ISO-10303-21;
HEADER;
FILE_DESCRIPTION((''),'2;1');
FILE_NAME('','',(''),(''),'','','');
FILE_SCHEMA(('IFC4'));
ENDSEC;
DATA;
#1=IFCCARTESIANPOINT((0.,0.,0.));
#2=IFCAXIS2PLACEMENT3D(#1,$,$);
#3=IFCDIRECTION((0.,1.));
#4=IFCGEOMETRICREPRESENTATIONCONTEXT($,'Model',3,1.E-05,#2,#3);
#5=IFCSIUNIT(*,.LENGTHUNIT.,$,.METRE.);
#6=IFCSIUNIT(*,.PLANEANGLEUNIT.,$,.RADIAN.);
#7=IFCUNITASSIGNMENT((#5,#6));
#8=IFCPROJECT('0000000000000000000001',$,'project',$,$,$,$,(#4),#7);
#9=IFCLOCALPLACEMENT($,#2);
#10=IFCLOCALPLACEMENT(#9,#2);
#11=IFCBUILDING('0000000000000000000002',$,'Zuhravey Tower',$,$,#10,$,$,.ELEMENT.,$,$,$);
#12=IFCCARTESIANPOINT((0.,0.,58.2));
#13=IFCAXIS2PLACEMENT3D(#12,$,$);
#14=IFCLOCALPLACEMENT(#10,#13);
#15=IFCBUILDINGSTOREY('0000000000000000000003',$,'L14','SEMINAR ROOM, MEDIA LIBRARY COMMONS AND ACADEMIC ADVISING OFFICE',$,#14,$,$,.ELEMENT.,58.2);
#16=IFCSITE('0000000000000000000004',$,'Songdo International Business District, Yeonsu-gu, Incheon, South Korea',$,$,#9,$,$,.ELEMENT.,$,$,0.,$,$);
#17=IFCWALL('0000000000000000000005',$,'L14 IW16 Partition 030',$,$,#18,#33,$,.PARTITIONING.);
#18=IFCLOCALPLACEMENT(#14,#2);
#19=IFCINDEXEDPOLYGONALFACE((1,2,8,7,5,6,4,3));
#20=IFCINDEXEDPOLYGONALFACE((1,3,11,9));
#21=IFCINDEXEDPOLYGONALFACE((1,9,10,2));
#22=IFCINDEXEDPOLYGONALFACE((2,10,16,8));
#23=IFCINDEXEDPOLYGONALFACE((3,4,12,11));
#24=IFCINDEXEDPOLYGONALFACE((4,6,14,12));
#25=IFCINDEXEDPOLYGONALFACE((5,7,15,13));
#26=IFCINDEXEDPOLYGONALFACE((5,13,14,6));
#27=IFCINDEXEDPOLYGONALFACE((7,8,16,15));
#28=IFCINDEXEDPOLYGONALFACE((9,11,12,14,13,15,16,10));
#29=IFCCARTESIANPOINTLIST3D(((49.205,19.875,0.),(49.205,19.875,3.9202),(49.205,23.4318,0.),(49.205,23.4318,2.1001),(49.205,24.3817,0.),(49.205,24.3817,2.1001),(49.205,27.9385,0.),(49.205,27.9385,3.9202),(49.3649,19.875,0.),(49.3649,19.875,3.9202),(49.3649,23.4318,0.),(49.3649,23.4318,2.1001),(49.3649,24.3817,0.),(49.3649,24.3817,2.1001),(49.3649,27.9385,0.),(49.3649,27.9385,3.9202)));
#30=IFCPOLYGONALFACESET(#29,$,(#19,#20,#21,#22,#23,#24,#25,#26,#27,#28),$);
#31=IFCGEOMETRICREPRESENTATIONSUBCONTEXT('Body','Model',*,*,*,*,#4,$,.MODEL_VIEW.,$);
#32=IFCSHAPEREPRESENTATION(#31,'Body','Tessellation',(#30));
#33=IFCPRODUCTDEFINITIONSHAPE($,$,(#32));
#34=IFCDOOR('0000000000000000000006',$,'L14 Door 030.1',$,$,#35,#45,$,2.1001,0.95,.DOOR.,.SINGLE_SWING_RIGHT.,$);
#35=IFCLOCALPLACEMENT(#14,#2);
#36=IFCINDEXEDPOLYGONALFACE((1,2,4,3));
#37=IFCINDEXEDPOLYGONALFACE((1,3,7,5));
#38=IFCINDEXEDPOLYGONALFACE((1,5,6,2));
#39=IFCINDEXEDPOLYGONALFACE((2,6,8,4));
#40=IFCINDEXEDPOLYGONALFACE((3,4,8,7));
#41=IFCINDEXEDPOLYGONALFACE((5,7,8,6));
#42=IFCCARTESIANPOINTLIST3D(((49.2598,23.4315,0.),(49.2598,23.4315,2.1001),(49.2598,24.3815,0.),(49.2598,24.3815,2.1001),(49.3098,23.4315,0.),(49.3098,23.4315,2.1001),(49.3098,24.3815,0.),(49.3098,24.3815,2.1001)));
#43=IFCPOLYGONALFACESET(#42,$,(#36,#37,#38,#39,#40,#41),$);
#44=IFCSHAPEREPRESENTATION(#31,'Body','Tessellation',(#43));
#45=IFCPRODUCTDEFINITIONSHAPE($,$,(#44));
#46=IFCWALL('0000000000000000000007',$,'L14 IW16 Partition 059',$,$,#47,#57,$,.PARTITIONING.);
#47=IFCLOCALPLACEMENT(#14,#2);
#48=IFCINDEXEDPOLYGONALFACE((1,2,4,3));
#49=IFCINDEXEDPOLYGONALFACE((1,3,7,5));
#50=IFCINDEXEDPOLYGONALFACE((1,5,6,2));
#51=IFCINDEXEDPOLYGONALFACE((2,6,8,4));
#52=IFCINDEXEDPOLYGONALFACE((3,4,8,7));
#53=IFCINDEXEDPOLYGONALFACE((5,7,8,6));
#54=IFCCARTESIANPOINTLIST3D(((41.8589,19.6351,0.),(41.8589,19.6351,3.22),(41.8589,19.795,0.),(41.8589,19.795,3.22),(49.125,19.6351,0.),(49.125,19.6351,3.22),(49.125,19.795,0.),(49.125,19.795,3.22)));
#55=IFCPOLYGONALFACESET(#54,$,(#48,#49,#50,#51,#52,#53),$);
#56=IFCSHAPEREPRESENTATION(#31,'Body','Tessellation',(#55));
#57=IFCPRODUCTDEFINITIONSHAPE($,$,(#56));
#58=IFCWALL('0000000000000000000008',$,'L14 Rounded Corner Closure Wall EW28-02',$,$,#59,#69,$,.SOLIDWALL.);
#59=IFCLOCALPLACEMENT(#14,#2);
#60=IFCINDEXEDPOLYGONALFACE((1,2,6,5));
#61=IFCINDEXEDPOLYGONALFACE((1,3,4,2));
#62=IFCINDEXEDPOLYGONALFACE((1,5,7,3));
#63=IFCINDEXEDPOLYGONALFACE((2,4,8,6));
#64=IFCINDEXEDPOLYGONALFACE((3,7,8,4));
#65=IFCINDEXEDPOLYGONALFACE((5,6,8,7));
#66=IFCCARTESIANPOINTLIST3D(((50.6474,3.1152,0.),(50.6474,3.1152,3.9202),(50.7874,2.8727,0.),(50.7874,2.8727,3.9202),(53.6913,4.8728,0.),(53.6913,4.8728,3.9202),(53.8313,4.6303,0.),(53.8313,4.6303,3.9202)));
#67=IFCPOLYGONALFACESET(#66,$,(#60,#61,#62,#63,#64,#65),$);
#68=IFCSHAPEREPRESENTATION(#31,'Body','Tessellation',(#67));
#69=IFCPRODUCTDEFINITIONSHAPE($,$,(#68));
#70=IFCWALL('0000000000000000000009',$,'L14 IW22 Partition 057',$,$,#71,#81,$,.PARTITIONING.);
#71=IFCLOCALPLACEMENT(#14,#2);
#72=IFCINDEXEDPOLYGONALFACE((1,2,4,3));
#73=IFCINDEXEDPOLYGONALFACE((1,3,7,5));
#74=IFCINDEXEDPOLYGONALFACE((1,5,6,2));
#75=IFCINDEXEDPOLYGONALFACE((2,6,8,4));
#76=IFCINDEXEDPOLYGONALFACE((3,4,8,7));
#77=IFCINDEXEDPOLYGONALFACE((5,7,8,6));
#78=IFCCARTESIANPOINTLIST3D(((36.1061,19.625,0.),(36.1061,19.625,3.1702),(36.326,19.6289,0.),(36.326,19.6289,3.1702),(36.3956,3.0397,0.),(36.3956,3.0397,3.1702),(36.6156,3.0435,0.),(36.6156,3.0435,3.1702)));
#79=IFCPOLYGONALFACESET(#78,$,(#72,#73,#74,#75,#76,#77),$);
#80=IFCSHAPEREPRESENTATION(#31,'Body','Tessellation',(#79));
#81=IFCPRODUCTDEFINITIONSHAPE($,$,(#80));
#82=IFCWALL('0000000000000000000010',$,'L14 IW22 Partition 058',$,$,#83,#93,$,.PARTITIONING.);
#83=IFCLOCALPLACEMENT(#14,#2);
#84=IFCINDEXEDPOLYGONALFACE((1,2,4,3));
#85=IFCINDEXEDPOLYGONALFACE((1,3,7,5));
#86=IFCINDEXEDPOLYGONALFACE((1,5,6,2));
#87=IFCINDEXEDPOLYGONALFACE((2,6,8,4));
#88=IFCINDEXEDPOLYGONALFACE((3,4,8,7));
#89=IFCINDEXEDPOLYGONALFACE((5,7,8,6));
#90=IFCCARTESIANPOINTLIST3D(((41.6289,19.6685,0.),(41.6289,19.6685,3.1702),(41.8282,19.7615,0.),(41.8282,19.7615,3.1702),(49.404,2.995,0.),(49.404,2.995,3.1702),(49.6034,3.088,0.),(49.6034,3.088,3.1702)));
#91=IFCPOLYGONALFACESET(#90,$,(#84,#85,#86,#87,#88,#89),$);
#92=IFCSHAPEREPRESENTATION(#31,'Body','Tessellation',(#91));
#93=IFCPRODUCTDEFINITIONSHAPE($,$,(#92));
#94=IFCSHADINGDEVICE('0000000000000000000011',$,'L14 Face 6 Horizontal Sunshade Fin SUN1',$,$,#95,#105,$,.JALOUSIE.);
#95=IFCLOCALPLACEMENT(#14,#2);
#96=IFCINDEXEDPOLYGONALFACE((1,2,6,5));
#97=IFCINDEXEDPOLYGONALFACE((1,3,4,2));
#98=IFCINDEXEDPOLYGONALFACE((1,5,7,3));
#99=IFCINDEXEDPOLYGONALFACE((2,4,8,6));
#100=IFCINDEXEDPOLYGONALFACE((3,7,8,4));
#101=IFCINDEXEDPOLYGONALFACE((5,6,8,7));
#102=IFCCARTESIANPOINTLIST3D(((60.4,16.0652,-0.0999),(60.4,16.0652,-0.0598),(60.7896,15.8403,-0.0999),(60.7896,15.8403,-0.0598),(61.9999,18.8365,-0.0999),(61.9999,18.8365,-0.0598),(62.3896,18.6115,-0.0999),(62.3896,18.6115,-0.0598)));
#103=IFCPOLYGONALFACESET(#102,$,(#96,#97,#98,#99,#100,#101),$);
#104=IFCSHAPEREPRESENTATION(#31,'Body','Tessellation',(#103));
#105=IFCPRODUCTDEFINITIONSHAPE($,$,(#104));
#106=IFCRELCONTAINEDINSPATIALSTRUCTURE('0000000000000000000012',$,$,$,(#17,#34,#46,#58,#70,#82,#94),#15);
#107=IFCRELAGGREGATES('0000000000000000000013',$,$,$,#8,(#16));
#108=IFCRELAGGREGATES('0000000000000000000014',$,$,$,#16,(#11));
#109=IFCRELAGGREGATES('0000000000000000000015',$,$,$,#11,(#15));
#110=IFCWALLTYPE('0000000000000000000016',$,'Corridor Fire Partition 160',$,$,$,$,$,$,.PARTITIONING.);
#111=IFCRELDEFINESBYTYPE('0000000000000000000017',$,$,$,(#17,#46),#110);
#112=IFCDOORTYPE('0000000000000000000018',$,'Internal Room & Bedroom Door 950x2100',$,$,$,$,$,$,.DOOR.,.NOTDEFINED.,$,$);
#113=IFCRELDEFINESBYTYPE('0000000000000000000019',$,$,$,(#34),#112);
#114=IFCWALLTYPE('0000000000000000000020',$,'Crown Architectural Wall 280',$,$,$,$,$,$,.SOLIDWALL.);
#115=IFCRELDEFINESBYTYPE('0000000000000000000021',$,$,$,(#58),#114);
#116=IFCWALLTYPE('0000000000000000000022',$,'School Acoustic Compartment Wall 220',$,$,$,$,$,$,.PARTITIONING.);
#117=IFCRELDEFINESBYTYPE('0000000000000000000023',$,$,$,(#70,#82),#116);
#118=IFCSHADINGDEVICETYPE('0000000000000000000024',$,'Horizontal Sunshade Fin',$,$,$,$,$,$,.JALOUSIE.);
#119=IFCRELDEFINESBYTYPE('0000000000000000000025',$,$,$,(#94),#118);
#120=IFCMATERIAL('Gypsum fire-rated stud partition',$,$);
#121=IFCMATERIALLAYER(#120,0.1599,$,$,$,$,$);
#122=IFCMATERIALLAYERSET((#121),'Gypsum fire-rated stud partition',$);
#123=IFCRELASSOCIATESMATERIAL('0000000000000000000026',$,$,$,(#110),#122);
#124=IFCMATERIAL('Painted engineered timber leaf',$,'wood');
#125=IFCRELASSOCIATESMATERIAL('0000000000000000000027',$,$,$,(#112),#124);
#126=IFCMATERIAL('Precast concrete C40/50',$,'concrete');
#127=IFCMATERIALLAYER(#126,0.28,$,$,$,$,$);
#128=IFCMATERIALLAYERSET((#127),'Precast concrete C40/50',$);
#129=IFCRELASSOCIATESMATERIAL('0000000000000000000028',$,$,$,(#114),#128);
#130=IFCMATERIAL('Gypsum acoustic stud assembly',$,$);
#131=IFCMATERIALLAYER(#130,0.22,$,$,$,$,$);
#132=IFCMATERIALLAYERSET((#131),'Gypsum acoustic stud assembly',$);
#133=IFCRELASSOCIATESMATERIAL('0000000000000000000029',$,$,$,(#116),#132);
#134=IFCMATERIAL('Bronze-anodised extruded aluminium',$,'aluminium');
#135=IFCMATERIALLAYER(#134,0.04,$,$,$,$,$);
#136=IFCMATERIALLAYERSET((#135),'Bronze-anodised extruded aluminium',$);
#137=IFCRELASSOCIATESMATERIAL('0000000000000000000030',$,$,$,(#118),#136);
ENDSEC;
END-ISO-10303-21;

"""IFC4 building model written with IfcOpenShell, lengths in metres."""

from ifc_helpers import new_model, si_unit, direction, frame, frame_2d, origin, origin_2d, place, context, subcontext, project, spatial, rectangle, extrude, material, layer, layer_set, type_object, element, fill, save


model = new_model("IFC4")

# Units and contexts
model_context = context("Model", 3, precision=1e-05, world=origin(), true_north=direction((0.0, 1.0)))
body_context = subcontext(model_context, "Body", "Model", "MODEL_VIEW")
ifc_project = project(units=[si_unit("LENGTHUNIT", "METRE"), si_unit("PLANEANGLEUNIT", "RADIAN")], contexts=[model_context])

# Site, building, storey
site_placement = place(None, origin())
site = spatial("IfcSite", under=ifc_project, at=site_placement, Name="Songdo International Business District, Yeonsu-gu, Incheon, South Korea", CompositionType="ELEMENT", RefElevation=0.0)
building_placement = place(site_placement, origin())
building = spatial("IfcBuilding", under=site, at=building_placement, Name="Zuhravey Tower", CompositionType="ELEMENT")
storey_placement = place(building_placement, frame((0.0, 0.0, 58.2)))
storey = spatial("IfcBuildingStorey", under=building, at=storey_placement, Name="L14", Description="SEMINAR ROOM, MEDIA LIBRARY COMMONS AND ACADEMIC ADVISING OFFICE", CompositionType="ELEMENT", Elevation=58.2)

# Wall, opening, door
ifc_material_1 = material(Name="Gypsum fire-rated stud partition")
ifc_layer_1 = layer(ifc_material_1, 0.1599)
ifc_layer_set_1 = layer_set([ifc_layer_1], Name="Gypsum fire-rated stud partition")
wall_type_1 = type_object("IfcWallType", Name="Corridor Fire Partition 160", PredefinedType="PARTITIONING", material=ifc_layer_set_1)
wall_1_placement = place(storey_placement, frame((49.2849, 19.875, 0.0), z_axis=(0.0, 0.0, 1.0), x_axis=(0.0, 1.0, 0.0)))
wall_1 = element("IfcWall", 1, at=wall_1_placement, inside=storey, type_object=wall_type_1, Name="L14 IW16 Partition 030", PredefinedType="PARTITIONING", context=body_context, shape_type="SweptSolid", body=[
    extrude(rectangle(XDim=8.0635, YDim=0.1599, at=frame_2d((4.0317, 0.0))), origin(), (0.0, 0.0, 1.0), 3.9202),
])
opening_1_placement = place(wall_1_placement, frame((3.5566, 0.0, 0.0)))
opening_1 = element("IfcOpeningElement", 2, at=opening_1_placement, cuts=wall_1, PredefinedType="OPENING", context=body_context, shape_type="SweptSolid", body=[
    extrude(rectangle(XDim=0.95, YDim=2.1001, at=frame_2d((0.4751, 1.05))), frame((0.0, 0.092, 0.0), z_axis=(0.0, -1.0, 0.0), x_axis=(1.0, 0.0, 0.0)), (0.0, 0.0, 1.0), 0.1838),
])
ifc_material_2 = material(Name="Painted engineered timber leaf", Category="wood")
door_type_1 = type_object("IfcDoorType", Name="Internal Room & Bedroom Door 950x2100", OperationType="NOTDEFINED", PredefinedType="DOOR", material=ifc_material_2)
door_1_placement = place(opening_1_placement, frame((0.95, 0.0, 0.0), z_axis=(0.0, 0.0, 1.0), x_axis=(-1.0, 0.0, 0.0)))
door_1 = element("IfcDoor", 3, at=door_1_placement, inside=storey, type_object=door_type_1, Name="L14 Door 030.1", OperationType="SINGLE_SWING_RIGHT", OverallHeight=2.1001, OverallWidth=0.95, PredefinedType="DOOR", context=body_context, shape_type="SweptSolid", body=[
    extrude(rectangle(XDim=0.95, YDim=2.1001, at=frame_2d((0.4751, 1.05))), frame((0.0, 0.0249, 0.0), z_axis=(0.0, -1.0, 0.0), x_axis=(1.0, 0.0, 0.0)), (0.0, 0.0, 1.0), 0.05),
])
fill(opening_1, door_1)

# Walls
wall_2_placement = place(storey_placement, frame((41.8589, 19.7151, 0.0), z_axis=(0.0, 0.0, 1.0), x_axis=(1.0, 0.0, 0.0)))
element("IfcWall", 4, at=wall_2_placement, inside=storey, type_object=wall_type_1, Name="L14 IW16 Partition 059", PredefinedType="PARTITIONING", context=body_context, shape_type="SweptSolid", body=[
    extrude(rectangle(XDim=7.2661, YDim=0.1599, at=frame_2d((3.6331, 0.0))), origin(), (0.0, 0.0, 1.0), 3.22),
])
ifc_material_3 = material(Name="Precast concrete C40/50", Category="concrete")
ifc_layer_2 = layer(ifc_material_3, 0.28)
ifc_layer_set_2 = layer_set([ifc_layer_2], Name="Precast concrete C40/50")
wall_type_2 = type_object("IfcWallType", Name="Crown Architectural Wall 280", PredefinedType="SOLIDWALL", material=ifc_layer_set_2)
wall_3_placement = place(storey_placement, frame((53.7612, 4.7515, 0.0), z_axis=(0.0, 0.0, 1.0), x_axis=(-0.866007, -0.500031, 0.0)))
element("IfcWall", 5, at=wall_3_placement, inside=storey, type_object=wall_type_2, Name="L14 Rounded Corner Closure Wall EW28-02", PredefinedType="SOLIDWALL", context=body_context, shape_type="SweptSolid", body=[
    extrude(rectangle(XDim=3.5149, YDim=0.28, at=frame_2d((1.7573, 0.0))), origin(), (0.0, 0.0, 1.0), 3.9202),
])
ifc_material_4 = material(Name="Gypsum acoustic stud assembly")
ifc_layer_3 = layer(ifc_material_4, 0.22)
ifc_layer_set_3 = layer_set([ifc_layer_3], Name="Gypsum acoustic stud assembly")
wall_type_3 = type_object("IfcWallType", Name="School Acoustic Compartment Wall 220", PredefinedType="PARTITIONING", material=ifc_layer_set_3)
wall_4_placement = place(storey_placement, frame((36.2161, 19.627, 0.0), z_axis=(0.0, 0.0, 1.0), x_axis=(0.017455, -0.999848, 0.0)))
element("IfcWall", 6, at=wall_4_placement, inside=storey, type_object=wall_type_3, Name="L14 IW22 Partition 057", PredefinedType="PARTITIONING", context=body_context, shape_type="SweptSolid", body=[
    extrude(rectangle(XDim=16.5879, YDim=0.22, at=frame_2d((8.2939, 0.0))), origin(), (0.0, 0.0, 1.0), 3.1702),
])
wall_5_placement = place(storey_placement, frame((41.7285, 19.7151, 0.0), z_axis=(0.0, 0.0, 1.0), x_axis=(0.422624, -0.906305, 0.0)))
element("IfcWall", 7, at=wall_5_placement, inside=storey, type_object=wall_type_3, Name="L14 IW22 Partition 058", PredefinedType="PARTITIONING", context=body_context, shape_type="SweptSolid", body=[
    extrude(rectangle(XDim=18.3972, YDim=0.22, at=frame_2d((9.1987, 0.0))), origin(), (0.0, 0.0, 1.0), 3.1702),
])

# Shading device
ifc_material_5 = material(Name="Bronze-anodised extruded aluminium", Category="aluminium")
ifc_layer_4 = layer(ifc_material_5, 0.04)
ifc_layer_set_4 = layer_set([ifc_layer_4], Name="Bronze-anodised extruded aluminium")
shading_device_type = type_object("IfcShadingDeviceType", Name="Horizontal Sunshade Fin", PredefinedType="JALOUSIE", material=ifc_layer_set_4)
shading_device_placement = place(storey_placement, frame((61.3948, 17.3384, -0.0999), z_axis=(0.0, 0.0, 1.0), x_axis=(-0.5, -0.866025, 0.0)))
element("IfcShadingDevice", 8, at=shading_device_placement, inside=storey, type_object=shading_device_type, Name="L14 Face 6 Horizontal Sunshade Fin SUN1", PredefinedType="JALOUSIE", context=body_context, shape_type="SweptSolid", body=[
    extrude(rectangle(XDim=3.2, YDim=0.45, at=origin_2d()), origin(), (0.0, 0.0, 1.0), 0.04),
])

save(model, "model.ifc")
